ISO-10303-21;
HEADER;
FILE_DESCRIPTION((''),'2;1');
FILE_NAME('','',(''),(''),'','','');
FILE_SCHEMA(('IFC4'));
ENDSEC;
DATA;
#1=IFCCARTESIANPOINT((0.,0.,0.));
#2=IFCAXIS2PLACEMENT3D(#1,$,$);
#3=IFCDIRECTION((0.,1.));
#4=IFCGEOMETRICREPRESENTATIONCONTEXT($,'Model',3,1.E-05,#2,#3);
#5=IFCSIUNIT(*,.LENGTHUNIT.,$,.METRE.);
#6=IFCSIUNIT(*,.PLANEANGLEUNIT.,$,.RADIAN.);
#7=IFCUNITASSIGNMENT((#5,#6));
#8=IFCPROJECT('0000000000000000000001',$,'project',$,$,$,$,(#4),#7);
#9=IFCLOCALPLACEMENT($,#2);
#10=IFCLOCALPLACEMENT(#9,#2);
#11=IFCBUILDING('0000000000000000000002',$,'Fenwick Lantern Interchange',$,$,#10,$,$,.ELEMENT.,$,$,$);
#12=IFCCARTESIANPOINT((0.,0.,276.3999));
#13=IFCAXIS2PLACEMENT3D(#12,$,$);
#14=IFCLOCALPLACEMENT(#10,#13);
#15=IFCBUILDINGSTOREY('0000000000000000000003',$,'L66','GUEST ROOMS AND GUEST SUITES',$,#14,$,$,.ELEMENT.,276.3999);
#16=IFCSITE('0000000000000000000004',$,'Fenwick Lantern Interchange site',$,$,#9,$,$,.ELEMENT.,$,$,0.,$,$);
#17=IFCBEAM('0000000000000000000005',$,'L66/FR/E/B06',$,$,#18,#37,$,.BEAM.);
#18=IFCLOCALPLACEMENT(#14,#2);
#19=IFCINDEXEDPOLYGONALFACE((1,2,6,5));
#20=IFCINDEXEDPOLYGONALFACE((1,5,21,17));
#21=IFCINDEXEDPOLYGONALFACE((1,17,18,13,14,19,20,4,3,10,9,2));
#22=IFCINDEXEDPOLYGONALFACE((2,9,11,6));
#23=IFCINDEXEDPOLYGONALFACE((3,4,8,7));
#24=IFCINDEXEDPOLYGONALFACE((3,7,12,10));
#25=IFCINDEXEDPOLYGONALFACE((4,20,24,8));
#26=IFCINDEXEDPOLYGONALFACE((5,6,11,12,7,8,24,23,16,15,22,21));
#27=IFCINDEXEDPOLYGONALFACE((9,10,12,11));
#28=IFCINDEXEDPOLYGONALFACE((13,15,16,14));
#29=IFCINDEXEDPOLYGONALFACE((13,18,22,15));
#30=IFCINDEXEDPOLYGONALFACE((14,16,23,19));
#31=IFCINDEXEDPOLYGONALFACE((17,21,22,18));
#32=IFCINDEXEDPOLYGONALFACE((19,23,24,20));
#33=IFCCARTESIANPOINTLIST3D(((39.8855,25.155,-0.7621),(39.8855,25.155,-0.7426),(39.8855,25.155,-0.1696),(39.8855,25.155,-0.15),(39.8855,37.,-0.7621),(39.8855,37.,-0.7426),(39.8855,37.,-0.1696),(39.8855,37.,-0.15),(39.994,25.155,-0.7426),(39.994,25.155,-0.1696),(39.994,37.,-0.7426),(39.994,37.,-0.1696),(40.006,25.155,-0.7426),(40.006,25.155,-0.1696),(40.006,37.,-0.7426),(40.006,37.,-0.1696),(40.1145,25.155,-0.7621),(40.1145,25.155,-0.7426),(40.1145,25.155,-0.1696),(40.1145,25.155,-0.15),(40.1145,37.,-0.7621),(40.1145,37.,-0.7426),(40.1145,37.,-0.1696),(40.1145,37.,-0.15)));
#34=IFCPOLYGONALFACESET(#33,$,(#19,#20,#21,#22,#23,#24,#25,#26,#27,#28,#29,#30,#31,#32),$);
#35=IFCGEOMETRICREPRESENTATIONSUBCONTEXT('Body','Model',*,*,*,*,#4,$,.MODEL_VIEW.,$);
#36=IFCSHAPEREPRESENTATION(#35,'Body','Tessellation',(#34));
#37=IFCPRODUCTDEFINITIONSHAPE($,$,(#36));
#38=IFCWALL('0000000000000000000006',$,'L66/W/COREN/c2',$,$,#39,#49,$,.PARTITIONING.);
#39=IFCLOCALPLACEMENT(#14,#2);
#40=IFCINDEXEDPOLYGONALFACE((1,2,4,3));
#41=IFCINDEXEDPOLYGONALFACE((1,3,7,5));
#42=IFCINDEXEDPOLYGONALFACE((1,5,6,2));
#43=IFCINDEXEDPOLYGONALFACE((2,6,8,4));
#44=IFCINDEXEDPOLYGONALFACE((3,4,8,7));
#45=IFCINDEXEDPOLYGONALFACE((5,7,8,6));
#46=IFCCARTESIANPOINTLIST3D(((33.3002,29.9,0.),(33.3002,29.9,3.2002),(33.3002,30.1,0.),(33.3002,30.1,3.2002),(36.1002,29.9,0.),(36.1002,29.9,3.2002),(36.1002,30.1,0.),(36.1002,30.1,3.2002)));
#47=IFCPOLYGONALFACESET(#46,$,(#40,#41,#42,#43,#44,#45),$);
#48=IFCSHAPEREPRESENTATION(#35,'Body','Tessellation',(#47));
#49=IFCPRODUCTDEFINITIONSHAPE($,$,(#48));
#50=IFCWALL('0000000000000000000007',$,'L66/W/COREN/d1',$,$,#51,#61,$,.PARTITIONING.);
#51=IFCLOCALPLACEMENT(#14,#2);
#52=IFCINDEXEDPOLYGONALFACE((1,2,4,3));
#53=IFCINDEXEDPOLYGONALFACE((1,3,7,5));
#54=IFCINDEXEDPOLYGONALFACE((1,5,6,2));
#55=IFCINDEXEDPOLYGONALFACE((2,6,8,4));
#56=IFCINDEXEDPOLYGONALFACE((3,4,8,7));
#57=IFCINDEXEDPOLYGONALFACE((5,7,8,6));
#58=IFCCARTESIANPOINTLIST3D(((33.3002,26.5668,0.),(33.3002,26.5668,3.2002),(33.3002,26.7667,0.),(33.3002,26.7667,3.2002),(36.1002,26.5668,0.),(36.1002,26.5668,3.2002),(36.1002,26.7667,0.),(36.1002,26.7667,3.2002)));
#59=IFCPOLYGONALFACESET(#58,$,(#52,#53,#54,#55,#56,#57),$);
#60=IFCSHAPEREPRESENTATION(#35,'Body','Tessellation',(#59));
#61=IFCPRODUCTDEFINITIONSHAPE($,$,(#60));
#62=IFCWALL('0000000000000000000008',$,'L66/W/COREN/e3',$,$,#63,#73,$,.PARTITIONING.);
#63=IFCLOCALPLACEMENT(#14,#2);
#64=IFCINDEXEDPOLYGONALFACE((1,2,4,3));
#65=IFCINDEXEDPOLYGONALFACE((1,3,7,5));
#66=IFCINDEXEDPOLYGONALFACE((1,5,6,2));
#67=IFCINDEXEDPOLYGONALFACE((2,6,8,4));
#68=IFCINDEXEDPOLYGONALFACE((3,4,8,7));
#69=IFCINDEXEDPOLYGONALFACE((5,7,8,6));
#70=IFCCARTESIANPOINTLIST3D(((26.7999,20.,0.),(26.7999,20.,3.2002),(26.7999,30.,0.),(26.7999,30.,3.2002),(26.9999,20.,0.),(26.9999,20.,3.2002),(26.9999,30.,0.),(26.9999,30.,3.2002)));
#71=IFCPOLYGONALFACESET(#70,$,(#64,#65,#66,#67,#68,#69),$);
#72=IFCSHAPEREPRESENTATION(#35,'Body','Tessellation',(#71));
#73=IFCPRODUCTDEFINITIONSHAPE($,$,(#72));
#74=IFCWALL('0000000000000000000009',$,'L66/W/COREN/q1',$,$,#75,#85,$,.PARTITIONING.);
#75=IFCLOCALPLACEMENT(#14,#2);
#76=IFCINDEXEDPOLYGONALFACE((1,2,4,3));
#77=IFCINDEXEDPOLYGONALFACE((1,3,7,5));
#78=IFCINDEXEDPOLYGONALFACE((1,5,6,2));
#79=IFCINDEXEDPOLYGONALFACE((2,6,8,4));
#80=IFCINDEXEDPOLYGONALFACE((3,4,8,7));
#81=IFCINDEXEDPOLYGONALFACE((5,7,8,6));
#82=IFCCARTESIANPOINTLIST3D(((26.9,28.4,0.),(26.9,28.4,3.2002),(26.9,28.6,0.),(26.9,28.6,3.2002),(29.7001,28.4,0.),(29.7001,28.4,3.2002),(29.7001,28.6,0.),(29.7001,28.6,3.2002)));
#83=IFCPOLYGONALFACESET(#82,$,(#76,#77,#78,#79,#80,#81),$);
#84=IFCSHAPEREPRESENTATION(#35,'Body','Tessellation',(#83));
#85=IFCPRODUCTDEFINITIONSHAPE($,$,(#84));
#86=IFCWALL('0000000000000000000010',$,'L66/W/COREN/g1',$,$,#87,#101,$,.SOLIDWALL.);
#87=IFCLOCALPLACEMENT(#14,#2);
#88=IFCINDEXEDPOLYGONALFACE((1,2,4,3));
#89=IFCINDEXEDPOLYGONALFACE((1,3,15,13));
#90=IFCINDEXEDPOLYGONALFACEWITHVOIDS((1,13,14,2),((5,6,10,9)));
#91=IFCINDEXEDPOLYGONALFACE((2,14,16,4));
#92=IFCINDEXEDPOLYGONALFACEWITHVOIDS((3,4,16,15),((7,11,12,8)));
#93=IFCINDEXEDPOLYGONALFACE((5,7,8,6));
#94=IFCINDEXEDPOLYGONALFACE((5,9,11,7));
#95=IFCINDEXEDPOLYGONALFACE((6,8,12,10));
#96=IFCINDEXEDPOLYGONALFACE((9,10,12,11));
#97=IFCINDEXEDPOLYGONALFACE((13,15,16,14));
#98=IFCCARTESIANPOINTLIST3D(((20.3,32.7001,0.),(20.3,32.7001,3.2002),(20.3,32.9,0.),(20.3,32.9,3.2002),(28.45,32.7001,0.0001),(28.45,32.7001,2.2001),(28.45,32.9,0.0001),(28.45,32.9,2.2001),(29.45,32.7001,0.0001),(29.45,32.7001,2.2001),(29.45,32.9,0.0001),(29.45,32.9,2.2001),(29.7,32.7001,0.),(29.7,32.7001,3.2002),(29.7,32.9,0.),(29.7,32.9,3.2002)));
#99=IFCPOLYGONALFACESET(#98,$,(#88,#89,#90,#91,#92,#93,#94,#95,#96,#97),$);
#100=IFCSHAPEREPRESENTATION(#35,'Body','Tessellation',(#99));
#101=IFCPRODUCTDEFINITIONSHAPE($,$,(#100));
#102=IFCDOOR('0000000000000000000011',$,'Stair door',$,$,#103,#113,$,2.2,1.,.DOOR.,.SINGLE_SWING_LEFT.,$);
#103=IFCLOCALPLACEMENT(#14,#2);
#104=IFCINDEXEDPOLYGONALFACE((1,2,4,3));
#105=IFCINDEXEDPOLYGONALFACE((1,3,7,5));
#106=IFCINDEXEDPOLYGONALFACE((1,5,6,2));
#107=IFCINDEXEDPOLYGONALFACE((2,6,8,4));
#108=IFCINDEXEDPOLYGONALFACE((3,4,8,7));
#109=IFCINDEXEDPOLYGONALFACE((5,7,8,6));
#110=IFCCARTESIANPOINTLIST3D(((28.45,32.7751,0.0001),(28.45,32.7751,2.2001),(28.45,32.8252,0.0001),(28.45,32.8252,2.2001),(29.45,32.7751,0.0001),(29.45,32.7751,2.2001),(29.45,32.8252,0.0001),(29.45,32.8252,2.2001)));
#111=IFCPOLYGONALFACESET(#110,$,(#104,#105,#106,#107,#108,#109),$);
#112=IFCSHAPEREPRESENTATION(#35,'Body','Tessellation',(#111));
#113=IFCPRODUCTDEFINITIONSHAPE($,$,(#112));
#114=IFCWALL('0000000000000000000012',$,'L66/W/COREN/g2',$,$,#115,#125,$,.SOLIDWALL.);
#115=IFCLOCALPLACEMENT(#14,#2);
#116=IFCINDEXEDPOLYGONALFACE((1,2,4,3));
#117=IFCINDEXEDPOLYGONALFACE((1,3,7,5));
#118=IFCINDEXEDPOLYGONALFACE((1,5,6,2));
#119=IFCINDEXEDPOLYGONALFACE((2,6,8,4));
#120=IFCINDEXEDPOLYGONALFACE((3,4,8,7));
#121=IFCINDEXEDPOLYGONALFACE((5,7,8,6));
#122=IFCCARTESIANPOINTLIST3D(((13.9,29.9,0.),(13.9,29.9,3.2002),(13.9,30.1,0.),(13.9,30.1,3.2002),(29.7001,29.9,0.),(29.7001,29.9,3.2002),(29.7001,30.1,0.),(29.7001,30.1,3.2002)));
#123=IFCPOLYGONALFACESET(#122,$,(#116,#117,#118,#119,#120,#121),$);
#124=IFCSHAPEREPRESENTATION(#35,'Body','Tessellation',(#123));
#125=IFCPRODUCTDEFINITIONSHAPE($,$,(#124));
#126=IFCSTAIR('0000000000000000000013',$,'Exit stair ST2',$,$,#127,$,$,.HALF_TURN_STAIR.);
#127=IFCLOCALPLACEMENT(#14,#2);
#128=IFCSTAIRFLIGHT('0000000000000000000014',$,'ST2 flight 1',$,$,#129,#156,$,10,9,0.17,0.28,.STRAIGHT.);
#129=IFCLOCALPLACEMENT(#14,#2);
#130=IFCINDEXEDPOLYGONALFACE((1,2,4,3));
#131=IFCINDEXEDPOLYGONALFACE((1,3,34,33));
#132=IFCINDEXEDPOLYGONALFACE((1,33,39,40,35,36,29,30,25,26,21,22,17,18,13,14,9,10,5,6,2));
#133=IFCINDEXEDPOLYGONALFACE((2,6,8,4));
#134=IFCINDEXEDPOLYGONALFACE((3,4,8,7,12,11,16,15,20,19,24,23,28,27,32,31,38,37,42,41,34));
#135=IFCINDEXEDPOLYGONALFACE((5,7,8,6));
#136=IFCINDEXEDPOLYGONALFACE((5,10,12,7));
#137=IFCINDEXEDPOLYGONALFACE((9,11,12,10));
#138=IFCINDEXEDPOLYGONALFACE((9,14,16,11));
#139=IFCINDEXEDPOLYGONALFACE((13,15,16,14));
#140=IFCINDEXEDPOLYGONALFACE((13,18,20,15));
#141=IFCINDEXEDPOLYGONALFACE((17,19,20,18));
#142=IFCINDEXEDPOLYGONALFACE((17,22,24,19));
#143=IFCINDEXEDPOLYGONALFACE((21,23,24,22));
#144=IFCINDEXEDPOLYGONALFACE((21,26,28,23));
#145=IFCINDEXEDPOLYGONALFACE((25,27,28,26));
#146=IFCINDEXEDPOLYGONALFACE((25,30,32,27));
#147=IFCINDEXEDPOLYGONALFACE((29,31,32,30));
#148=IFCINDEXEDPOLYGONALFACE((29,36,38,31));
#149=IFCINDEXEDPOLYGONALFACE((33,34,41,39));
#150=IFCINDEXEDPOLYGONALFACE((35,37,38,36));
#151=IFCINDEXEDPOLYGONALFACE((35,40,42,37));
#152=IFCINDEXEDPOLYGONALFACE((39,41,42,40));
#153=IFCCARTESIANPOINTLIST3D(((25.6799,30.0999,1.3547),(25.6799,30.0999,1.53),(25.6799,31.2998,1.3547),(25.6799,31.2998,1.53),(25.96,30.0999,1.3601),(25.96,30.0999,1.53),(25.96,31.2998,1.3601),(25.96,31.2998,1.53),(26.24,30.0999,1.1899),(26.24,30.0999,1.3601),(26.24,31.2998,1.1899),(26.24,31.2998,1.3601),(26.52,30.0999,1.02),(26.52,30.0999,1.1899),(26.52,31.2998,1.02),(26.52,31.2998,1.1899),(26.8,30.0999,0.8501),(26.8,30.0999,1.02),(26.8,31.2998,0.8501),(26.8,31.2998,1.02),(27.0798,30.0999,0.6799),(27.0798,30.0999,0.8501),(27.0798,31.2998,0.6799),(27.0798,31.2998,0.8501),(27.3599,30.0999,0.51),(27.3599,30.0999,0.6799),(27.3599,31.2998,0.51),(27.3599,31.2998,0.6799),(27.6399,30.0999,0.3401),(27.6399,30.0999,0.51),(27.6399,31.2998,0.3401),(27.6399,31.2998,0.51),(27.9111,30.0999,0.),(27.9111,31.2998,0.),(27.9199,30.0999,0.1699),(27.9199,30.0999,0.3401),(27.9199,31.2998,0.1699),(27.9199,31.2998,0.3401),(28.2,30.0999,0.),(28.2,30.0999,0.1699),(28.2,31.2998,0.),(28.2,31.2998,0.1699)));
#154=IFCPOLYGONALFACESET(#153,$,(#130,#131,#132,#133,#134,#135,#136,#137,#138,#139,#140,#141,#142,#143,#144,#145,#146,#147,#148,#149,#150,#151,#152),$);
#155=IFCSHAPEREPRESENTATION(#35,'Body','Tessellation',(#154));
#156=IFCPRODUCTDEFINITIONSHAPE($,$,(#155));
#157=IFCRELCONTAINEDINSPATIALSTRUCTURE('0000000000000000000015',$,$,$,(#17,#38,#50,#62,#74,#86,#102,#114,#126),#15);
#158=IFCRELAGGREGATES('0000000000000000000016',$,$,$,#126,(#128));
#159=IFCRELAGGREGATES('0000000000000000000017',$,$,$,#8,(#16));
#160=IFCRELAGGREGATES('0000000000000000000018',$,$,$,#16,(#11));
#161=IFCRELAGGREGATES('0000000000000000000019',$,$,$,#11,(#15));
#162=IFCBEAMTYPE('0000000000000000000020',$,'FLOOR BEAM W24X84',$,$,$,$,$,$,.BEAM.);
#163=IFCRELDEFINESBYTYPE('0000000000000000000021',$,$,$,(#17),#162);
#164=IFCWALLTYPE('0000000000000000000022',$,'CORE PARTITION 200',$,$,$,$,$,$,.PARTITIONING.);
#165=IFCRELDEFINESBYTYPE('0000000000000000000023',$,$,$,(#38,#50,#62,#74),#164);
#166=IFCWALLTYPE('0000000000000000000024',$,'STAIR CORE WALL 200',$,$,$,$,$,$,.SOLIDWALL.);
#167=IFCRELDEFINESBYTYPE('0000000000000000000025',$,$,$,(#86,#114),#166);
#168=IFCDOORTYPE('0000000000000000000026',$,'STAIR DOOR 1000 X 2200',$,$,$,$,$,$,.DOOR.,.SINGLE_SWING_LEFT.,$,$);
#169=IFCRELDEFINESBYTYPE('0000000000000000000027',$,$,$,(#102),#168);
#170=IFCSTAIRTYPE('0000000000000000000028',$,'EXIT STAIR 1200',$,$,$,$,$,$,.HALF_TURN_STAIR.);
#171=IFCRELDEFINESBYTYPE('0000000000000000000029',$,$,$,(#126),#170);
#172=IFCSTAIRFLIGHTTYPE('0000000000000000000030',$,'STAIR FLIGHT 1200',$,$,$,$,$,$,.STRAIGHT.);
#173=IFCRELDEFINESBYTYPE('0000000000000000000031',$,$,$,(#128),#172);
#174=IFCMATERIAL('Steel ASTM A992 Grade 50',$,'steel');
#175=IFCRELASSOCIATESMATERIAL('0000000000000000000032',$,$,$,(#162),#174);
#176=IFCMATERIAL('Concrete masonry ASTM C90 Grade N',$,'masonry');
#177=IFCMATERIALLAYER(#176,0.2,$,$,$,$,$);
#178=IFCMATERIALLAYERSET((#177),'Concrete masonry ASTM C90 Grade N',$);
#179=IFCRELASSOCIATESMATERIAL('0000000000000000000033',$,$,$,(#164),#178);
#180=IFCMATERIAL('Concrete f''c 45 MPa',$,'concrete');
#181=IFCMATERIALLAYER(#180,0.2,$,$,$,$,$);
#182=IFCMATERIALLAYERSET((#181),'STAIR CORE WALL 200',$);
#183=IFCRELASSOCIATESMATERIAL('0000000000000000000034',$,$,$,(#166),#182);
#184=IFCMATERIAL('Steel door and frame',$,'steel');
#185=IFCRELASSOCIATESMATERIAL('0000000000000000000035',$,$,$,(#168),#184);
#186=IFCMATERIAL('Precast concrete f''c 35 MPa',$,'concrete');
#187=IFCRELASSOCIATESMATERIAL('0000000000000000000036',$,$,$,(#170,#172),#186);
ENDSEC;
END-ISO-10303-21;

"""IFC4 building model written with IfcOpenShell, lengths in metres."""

from ifc_helpers import new_model, si_unit, direction, frame, frame_2d, origin, origin_2d, place, context, subcontext, project, spatial, polyline, rectangle, i_section, outline, extrude, material, layer, layer_set, material_profile, profile_set, type_object, element, fill, aggregate, save


model = new_model("IFC4")

# Units and contexts
model_context = context("Model", 3, precision=1e-05, world=origin(), true_north=direction((0.0, 1.0)))
body_context = subcontext(model_context, "Body", "Model", "MODEL_VIEW")
ifc_project = project(units=[si_unit("LENGTHUNIT", "METRE"), si_unit("PLANEANGLEUNIT", "RADIAN")], contexts=[model_context])

# Site, building, storey
site_placement = place(None, origin())
site = spatial("IfcSite", under=ifc_project, at=site_placement, Name="Fenwick Lantern Interchange site", CompositionType="ELEMENT", RefElevation=0.0)
building_placement = place(site_placement, origin())
building = spatial("IfcBuilding", under=site, at=building_placement, Name="Fenwick Lantern Interchange", CompositionType="ELEMENT")
storey_placement = place(building_placement, frame((0.0, 0.0, 276.3999)))
storey = spatial("IfcBuildingStorey", under=building, at=storey_placement, Name="L66", Description="GUEST ROOMS AND GUEST SUITES", CompositionType="ELEMENT", Elevation=276.3999)

# Beam
ifc_material_1 = material(Name="Steel ASTM A992 Grade 50", Category="steel")
ifc_material_profile = material_profile(ifc_material_1, i_section(OverallWidth=0.229, OverallDepth=0.6121, WebThickness=0.012, FlangeThickness=0.0195, at=origin_2d()), Name="W24X84")
ifc_profile_set = profile_set([ifc_material_profile], Name="Steel ASTM A992 Grade 50")
beam_type = type_object("IfcBeamType", Name="FLOOR BEAM W24X84", PredefinedType="BEAM", material=ifc_profile_set)
beam_placement = place(storey_placement, frame((40.0, 25.155, -0.4561), z_axis=(0.0, 1.0, 0.0), x_axis=(-1.0, 0.0, 0.0)))
element("IfcBeam", 1, at=beam_placement, inside=storey, type_object=beam_type, Name="L66/FR/E/B06", PredefinedType="BEAM", context=body_context, shape_type="SweptSolid", body=[
    extrude(i_section(OverallWidth=0.229, OverallDepth=0.6121, WebThickness=0.012, FlangeThickness=0.0195, at=origin_2d()), origin(), (0.0, 0.0, 1.0), 11.845),
])

# Walls
ifc_material_2 = material(Name="Concrete masonry ASTM C90 Grade N", Category="masonry")
ifc_layer_1 = layer(ifc_material_2, 0.2)
ifc_layer_set_1 = layer_set([ifc_layer_1], Name="Concrete masonry ASTM C90 Grade N")
wall_type_1 = type_object("IfcWallType", Name="CORE PARTITION 200", PredefinedType="PARTITIONING", material=ifc_layer_set_1)
for number, where, z_axis, x_axis, name in (
    (2, (36.1001, 30.0, 0.0), (0.0, 0.0, 1.0), (-1.0, 0.0, 0.0), "L66/W/COREN/c2"),
    (3, (36.1001, 26.6667, 0.0), (0.0, 0.0, 1.0), (-1.0, 0.0, 0.0), "L66/W/COREN/d1"),
):
    element("IfcWall", number, at=place(storey_placement, frame(where, z_axis=z_axis, x_axis=x_axis)), inside=storey, type_object=wall_type_1, Name=name, PredefinedType="PARTITIONING", context=body_context, shape_type="SweptSolid", body=[
        extrude(rectangle(XDim=2.8, YDim=0.2, at=frame_2d((1.3999, 0.0))), origin(), (0.0, 0.0, 1.0), 3.2002),
    ])
wall_1_placement = place(storey_placement, frame((26.8999, 30.0, 0.0), z_axis=(0.0, 0.0, 1.0), x_axis=(0.0, -1.0, 0.0)))
element("IfcWall", 4, at=wall_1_placement, inside=storey, type_object=wall_type_1, Name="L66/W/COREN/e3", PredefinedType="PARTITIONING", context=body_context, shape_type="SweptSolid", body=[
    extrude(rectangle(XDim=10.0, YDim=0.2, at=frame_2d((5.0, 0.0))), origin(), (0.0, 0.0, 1.0), 3.2002),
])
wall_2_placement = place(storey_placement, frame((29.7, 28.5, 0.0), z_axis=(0.0, 0.0, 1.0), x_axis=(-1.0, 0.0, 0.0)))
element("IfcWall", 5, at=wall_2_placement, inside=storey, type_object=wall_type_1, Name="L66/W/COREN/q1", PredefinedType="PARTITIONING", context=body_context, shape_type="SweptSolid", body=[
    extrude(rectangle(XDim=2.8, YDim=0.2, at=frame_2d((1.3999, 0.0))), origin(), (0.0, 0.0, 1.0), 3.2002),
])

# Wall, opening, door
ifc_material_3 = material(Name="Concrete f'c 45 MPa", Category="concrete")
ifc_layer_2 = layer(ifc_material_3, 0.2)
ifc_layer_set_2 = layer_set([ifc_layer_2], Name="STAIR CORE WALL 200")
wall_type_2 = type_object("IfcWallType", Name="STAIR CORE WALL 200", PredefinedType="SOLIDWALL", material=ifc_layer_set_2)
wall_3_placement = place(storey_placement, frame((29.7, 32.8, 0.0), z_axis=(0.0, 0.0, 1.0), x_axis=(-1.0, 0.0, 0.0)))
wall_3 = element("IfcWall", 6, at=wall_3_placement, inside=storey, type_object=wall_type_2, Name="L66/W/COREN/g1", PredefinedType="SOLIDWALL", context=body_context, shape_type="SweptSolid", body=[
    extrude(rectangle(XDim=9.3999, YDim=0.2, at=frame_2d((4.7, 0.0))), origin(), (0.0, 0.0, 1.0), 3.2002),
])
opening_placement = place(wall_3_placement, frame((0.25, 0.0, 0.0)))
opening = element("IfcOpeningElement", 7, at=opening_placement, cuts=wall_3, PredefinedType="OPENING", context=body_context, shape_type="SweptSolid", body=[
    extrude(rectangle(XDim=1.0, YDim=2.2, at=frame_2d((0.5, 1.1001))), frame((0.0, 0.1099, 0.0), z_axis=(0.0, -1.0, 0.0), x_axis=(1.0, 0.0, 0.0)), (0.0, 0.0, 1.0), 0.22),
])
ifc_material_4 = material(Name="Steel door and frame", Category="steel")
door_type = type_object("IfcDoorType", Name="STAIR DOOR 1000 X 2200", OperationType="SINGLE_SWING_LEFT", PredefinedType="DOOR", material=ifc_material_4)
door_placement = place(opening_placement, origin())
door = element("IfcDoor", 8, at=door_placement, inside=storey, type_object=door_type, Name="Stair door", OperationType="SINGLE_SWING_LEFT", OverallHeight=2.2, OverallWidth=1.0, PredefinedType="DOOR", context=body_context, shape_type="SweptSolid", body=[
    extrude(rectangle(XDim=1.0, YDim=2.2, at=frame_2d((0.5, 1.1001))), frame((0.0, 0.0249, 0.0), z_axis=(0.0, -1.0, 0.0), x_axis=(1.0, 0.0, 0.0)), (0.0, 0.0, 1.0), 0.05),
])
fill(opening, door)

# Wall
wall_4_placement = place(storey_placement, frame((29.7, 30.0, 0.0), z_axis=(0.0, 0.0, 1.0), x_axis=(-1.0, 0.0, 0.0)))
element("IfcWall", 9, at=wall_4_placement, inside=storey, type_object=wall_type_2, Name="L66/W/COREN/g2", PredefinedType="SOLIDWALL", context=body_context, shape_type="SweptSolid", body=[
    extrude(rectangle(XDim=15.8, YDim=0.2, at=frame_2d((7.8999, 0.0))), origin(), (0.0, 0.0, 1.0), 3.2002),
])

# Stair, stair flight
ifc_material_5 = material(Name="Precast concrete f'c 35 MPa", Category="concrete")
stair_type = type_object("IfcStairType", Name="EXIT STAIR 1200", PredefinedType="HALF_TURN_STAIR", material=ifc_material_5)
stair_placement = place(storey_placement, origin())
stair = element("IfcStair", 10, at=stair_placement, inside=storey, type_object=stair_type, Name="Exit stair ST2", PredefinedType="HALF_TURN_STAIR")
stair_flight_type = type_object("IfcStairFlightType", Name="STAIR FLIGHT 1200", PredefinedType="STRAIGHT", material=ifc_material_5)
stair_flight_placement = place(storey_placement, frame((28.2, 30.7, 0.0), z_axis=(0.0, 0.0, 1.0), x_axis=(-1.0, 0.0, 0.0)))
stair_flight = element("IfcStairFlight", 11, at=stair_flight_placement, type_object=stair_flight_type, Name="ST2 flight 1", NumberOfRisers=10, NumberOfTreads=9, PredefinedType="STRAIGHT", RiserHeight=0.17, TreadLength=0.28, context=body_context, shape_type="SweptSolid", body=[
    extrude(outline(polyline([(0.0, 0.0), (0.0, 0.1699), (0.28, 0.1699), (0.28, 0.3401), (0.5601, 0.3401), (0.5601, 0.51), (0.8401, 0.51), (0.8401, 0.6799), (1.1201, 0.6799), (1.1201, 0.8501), (1.3999, 0.8501), (1.3999, 1.02), (1.6799, 1.02), (1.6799, 1.1899), (1.96, 1.1899), (1.96, 1.3601), (2.24, 1.3601), (2.24, 1.53), (2.52, 1.53), (2.52, 1.7), (2.52, 1.3547), (0.2888, 0.0), (0.0, 0.0)])), frame((0.0, 0.6001, 0.0), z_axis=(0.0, -1.0, 0.0), x_axis=(1.0, 0.0, 0.0)), (0.0, 0.0, 1.0), 1.2),
])
aggregate(stair, [stair_flight])

save(model, "model.ifc")
